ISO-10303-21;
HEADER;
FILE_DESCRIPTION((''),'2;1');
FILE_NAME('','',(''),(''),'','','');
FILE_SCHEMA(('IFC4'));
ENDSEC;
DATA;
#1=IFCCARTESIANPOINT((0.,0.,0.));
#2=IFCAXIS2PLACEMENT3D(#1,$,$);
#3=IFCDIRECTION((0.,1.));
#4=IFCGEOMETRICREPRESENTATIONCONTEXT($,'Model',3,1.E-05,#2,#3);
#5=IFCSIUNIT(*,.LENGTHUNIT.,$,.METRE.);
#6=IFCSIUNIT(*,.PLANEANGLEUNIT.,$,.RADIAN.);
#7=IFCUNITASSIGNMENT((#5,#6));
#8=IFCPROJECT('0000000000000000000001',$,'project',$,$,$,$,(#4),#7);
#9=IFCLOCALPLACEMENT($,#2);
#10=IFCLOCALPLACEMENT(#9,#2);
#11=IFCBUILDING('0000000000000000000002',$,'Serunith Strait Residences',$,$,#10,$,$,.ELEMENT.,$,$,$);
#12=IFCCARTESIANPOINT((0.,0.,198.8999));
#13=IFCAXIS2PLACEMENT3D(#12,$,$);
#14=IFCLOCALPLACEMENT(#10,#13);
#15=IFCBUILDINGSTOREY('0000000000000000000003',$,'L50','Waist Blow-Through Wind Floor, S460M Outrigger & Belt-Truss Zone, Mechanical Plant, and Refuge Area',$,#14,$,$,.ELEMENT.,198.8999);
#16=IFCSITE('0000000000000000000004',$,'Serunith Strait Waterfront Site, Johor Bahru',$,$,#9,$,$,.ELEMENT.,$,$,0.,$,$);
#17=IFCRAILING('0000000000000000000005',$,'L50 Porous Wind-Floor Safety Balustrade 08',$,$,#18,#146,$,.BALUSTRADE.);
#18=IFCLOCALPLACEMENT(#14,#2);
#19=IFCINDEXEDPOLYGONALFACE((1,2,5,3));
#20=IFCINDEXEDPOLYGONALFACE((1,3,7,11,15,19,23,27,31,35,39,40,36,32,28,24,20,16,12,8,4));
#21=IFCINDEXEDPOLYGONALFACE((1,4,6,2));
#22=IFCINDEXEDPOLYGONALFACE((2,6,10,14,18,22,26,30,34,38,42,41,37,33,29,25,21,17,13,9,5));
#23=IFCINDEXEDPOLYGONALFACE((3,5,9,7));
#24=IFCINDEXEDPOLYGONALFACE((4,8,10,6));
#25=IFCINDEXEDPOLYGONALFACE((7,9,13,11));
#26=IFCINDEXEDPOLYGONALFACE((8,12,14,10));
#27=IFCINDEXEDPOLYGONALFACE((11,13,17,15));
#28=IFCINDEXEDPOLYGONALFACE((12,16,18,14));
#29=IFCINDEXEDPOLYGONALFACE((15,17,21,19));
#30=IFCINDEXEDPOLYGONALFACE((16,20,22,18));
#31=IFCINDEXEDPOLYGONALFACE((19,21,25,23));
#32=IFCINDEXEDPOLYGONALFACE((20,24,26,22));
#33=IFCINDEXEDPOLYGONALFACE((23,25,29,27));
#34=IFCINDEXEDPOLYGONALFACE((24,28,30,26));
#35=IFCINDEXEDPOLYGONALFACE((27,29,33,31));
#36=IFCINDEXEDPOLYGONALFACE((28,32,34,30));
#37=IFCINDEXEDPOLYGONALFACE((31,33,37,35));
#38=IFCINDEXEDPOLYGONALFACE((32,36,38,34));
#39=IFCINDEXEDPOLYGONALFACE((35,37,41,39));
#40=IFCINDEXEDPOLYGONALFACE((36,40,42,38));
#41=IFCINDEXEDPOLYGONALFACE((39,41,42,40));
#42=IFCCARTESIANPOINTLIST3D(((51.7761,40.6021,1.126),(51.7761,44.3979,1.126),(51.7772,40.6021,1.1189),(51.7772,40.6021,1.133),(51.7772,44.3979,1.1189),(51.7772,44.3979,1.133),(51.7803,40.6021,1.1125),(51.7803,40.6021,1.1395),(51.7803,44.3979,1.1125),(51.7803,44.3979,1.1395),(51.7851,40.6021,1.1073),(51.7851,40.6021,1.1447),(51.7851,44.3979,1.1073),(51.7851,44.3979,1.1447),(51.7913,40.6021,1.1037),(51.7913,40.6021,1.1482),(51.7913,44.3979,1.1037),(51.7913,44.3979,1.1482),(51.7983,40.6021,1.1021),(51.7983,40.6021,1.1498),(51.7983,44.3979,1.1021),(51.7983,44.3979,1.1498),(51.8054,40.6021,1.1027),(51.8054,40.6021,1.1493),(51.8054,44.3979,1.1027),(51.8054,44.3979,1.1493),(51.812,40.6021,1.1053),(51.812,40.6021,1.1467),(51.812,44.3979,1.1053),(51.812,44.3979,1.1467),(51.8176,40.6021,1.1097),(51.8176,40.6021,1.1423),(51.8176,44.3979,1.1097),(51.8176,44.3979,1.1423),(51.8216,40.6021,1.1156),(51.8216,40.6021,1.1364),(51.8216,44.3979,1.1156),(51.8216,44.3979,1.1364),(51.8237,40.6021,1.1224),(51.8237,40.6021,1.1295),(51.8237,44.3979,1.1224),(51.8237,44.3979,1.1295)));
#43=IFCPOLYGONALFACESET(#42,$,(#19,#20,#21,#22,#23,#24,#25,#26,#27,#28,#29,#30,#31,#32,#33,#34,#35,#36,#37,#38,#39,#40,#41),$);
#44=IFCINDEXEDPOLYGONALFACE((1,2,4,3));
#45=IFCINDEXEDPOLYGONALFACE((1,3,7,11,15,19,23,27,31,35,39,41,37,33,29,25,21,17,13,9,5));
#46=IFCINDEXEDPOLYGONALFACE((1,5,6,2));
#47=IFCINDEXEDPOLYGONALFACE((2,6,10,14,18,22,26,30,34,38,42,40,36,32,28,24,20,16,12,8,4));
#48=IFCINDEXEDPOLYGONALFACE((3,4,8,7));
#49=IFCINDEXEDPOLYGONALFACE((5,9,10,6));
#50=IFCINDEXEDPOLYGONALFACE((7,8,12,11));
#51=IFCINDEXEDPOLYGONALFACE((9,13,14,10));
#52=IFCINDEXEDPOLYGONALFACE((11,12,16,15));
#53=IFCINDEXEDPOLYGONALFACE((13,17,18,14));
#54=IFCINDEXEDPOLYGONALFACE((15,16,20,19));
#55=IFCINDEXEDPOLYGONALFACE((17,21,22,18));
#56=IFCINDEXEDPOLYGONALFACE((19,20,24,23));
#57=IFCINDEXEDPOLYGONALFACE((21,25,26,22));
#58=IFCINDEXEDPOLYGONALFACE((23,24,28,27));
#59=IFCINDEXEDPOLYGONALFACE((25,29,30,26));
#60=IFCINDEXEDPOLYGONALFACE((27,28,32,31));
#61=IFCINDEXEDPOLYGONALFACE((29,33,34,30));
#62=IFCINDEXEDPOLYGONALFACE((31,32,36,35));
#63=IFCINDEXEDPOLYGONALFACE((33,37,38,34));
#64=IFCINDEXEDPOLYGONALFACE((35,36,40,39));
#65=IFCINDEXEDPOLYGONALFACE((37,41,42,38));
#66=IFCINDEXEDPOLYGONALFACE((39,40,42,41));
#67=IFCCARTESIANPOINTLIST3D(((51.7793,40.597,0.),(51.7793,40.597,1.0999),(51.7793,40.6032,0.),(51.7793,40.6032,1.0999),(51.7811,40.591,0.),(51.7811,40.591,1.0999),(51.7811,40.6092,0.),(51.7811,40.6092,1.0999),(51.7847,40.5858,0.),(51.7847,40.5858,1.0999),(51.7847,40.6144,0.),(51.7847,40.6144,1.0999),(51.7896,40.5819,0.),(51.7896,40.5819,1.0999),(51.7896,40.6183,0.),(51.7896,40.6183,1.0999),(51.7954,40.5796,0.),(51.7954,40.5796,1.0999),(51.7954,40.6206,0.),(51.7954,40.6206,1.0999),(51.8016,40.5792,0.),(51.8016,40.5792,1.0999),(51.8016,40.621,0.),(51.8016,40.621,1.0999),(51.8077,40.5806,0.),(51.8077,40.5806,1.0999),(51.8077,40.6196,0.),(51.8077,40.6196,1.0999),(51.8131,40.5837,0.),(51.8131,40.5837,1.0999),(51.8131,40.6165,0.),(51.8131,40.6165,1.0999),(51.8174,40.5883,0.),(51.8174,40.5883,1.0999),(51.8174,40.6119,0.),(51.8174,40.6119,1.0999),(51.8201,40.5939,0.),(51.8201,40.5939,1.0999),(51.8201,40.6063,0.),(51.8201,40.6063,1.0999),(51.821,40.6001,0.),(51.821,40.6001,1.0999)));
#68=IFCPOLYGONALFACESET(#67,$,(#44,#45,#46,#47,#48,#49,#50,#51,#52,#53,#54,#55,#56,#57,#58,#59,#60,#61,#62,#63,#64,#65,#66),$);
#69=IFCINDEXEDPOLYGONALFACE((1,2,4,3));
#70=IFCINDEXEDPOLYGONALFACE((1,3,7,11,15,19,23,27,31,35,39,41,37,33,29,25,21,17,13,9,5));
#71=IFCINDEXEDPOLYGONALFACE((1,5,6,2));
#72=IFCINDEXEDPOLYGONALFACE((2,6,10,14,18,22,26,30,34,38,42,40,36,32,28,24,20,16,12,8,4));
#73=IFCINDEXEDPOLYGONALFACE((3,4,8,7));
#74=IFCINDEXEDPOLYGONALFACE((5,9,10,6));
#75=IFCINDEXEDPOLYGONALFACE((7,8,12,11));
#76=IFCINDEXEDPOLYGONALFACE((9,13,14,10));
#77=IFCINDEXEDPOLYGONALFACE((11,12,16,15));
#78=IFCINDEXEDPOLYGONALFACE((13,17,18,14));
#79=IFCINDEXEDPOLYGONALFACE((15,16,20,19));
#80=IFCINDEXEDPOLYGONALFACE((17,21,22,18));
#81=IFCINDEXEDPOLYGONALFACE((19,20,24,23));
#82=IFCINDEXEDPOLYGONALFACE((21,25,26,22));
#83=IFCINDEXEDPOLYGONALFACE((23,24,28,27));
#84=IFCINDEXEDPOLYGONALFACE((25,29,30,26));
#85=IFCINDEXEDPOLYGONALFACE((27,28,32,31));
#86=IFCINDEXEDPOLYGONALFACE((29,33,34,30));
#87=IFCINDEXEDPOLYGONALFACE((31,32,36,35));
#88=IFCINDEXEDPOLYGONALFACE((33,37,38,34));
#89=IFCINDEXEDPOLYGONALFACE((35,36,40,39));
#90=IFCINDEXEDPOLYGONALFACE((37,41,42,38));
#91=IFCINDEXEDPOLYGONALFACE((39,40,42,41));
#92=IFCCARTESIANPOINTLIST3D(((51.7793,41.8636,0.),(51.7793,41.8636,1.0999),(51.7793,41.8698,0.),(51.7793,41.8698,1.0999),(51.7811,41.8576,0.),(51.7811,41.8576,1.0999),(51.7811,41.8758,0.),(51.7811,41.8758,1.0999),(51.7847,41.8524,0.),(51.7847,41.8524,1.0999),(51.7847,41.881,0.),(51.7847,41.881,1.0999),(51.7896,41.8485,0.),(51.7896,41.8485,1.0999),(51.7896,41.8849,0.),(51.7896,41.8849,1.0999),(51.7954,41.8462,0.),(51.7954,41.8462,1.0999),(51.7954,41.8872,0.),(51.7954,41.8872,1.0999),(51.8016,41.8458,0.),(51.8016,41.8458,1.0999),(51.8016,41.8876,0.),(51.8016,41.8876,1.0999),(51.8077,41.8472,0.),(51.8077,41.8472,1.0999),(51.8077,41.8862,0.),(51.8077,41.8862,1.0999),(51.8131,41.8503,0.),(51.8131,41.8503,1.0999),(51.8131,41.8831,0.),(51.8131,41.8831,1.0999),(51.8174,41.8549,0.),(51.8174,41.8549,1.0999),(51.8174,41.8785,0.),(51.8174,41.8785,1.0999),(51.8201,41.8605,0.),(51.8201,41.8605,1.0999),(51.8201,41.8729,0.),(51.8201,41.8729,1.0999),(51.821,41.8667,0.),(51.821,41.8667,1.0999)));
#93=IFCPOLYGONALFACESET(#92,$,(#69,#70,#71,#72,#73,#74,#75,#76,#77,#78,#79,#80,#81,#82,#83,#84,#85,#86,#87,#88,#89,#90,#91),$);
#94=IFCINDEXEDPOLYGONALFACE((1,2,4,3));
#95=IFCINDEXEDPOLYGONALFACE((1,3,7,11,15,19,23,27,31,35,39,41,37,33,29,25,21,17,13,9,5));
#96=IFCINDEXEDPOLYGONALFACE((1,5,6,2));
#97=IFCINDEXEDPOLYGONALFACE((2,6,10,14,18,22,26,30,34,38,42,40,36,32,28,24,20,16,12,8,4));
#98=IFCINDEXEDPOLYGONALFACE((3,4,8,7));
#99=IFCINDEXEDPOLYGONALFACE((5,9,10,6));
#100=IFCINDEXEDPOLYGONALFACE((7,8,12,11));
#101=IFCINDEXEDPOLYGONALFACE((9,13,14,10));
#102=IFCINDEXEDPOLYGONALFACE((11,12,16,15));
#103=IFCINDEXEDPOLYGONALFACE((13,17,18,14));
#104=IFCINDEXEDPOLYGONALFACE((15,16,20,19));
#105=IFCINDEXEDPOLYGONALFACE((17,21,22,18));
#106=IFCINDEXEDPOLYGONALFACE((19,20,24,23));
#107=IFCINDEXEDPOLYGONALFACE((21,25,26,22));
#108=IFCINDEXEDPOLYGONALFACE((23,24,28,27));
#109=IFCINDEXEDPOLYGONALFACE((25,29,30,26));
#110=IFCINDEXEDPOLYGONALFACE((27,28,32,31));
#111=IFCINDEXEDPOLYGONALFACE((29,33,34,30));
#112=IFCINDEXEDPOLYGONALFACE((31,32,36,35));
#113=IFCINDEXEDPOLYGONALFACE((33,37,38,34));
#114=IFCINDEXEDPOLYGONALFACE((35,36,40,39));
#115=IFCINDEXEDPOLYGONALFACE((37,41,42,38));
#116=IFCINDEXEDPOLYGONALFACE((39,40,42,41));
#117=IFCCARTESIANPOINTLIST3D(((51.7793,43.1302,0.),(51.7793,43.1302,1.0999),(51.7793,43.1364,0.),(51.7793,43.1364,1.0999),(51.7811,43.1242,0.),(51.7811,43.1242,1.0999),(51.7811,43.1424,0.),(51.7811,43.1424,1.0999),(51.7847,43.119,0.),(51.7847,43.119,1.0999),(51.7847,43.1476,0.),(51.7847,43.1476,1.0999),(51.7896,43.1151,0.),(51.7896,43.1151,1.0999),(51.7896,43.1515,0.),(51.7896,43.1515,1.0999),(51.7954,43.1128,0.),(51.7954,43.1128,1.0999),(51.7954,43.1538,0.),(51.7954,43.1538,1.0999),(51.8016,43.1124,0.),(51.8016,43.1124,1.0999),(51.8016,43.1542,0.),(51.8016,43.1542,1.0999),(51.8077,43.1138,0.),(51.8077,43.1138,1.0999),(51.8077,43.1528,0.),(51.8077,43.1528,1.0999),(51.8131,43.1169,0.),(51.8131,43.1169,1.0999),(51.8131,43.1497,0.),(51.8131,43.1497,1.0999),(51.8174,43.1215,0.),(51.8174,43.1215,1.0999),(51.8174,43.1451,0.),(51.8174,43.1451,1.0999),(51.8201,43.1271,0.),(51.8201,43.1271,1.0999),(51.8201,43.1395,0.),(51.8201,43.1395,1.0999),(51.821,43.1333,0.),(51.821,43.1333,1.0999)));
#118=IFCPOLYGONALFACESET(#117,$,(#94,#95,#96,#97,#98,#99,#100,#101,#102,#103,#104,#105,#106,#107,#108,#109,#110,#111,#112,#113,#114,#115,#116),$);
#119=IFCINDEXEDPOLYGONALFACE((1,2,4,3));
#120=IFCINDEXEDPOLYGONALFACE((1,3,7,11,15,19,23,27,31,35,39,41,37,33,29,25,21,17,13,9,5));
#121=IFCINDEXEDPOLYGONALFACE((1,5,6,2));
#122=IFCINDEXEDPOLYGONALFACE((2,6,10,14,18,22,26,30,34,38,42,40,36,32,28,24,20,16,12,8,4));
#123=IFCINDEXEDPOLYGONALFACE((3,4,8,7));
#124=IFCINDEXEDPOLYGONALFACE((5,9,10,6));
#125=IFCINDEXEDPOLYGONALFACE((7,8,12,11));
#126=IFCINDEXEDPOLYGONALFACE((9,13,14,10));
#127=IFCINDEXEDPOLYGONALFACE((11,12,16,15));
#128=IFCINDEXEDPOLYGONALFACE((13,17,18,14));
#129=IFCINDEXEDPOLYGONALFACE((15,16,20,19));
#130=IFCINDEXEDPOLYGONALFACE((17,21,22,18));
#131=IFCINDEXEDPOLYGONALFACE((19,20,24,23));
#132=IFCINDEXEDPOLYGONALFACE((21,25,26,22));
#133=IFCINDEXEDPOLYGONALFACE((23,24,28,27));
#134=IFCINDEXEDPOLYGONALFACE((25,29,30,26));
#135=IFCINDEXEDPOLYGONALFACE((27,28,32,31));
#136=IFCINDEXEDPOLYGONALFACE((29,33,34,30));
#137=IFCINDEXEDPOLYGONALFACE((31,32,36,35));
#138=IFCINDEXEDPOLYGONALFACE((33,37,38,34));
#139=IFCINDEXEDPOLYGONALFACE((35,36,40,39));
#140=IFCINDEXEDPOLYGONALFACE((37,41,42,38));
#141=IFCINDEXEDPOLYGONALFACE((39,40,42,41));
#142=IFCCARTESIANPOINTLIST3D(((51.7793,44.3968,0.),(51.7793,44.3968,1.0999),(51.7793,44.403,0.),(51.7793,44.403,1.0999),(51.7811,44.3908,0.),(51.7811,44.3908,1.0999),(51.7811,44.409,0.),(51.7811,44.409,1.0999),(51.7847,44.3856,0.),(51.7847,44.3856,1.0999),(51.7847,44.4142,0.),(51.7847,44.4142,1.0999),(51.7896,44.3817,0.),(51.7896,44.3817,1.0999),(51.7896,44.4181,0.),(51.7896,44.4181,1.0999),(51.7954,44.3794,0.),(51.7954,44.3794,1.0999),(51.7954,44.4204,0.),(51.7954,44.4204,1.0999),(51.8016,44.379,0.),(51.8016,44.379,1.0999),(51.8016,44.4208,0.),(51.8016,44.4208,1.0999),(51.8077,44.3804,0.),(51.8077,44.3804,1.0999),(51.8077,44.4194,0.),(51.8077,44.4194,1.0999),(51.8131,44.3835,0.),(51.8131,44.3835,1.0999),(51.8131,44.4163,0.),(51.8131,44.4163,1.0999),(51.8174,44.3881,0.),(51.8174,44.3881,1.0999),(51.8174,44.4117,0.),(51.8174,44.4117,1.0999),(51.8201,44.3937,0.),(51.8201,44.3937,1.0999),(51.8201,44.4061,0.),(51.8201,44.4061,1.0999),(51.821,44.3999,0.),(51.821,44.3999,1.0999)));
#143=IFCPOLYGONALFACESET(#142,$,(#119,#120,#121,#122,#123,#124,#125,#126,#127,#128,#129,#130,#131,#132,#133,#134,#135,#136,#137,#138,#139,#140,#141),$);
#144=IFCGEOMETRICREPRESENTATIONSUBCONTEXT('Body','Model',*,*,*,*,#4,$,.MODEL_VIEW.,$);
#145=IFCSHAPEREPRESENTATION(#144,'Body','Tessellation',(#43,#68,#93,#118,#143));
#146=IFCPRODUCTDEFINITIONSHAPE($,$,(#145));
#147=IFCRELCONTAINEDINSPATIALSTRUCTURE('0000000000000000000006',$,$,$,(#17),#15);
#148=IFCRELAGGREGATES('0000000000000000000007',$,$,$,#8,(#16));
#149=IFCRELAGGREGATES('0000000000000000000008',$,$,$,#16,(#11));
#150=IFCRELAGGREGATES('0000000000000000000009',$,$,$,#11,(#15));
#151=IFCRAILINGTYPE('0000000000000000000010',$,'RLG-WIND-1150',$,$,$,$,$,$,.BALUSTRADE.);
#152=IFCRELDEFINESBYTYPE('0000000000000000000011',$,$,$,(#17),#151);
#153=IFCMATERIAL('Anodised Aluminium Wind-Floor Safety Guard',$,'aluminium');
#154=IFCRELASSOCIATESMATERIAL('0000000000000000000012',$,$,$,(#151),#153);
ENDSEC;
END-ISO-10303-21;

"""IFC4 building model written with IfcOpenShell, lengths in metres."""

from ifc_helpers import new_model, si_unit, direction, frame, origin, origin_2d, place, context, subcontext, project, spatial, circle, extrude, material, type_object, element, save


model = new_model("IFC4")

# Units and contexts
model_context = context("Model", 3, precision=1e-05, world=origin(), true_north=direction((0.0, 1.0)))
body_context = subcontext(model_context, "Body", "Model", "MODEL_VIEW")
ifc_project = project(units=[si_unit("LENGTHUNIT", "METRE"), si_unit("PLANEANGLEUNIT", "RADIAN")], contexts=[model_context])

# Site, building, storey
site_placement = place(None, origin())
site = spatial("IfcSite", under=ifc_project, at=site_placement, Name="Serunith Strait Waterfront Site, Johor Bahru", CompositionType="ELEMENT", RefElevation=0.0)
building_placement = place(site_placement, origin())
building = spatial("IfcBuilding", under=site, at=building_placement, Name="Serunith Strait Residences", CompositionType="ELEMENT")
storey_placement = place(building_placement, frame((0.0, 0.0, 198.8999)))
storey = spatial("IfcBuildingStorey", under=building, at=storey_placement, Name="L50", Description="Waist Blow-Through Wind Floor, S460M Outrigger & Belt-Truss Zone, Mechanical Plant, and Refuge Area", CompositionType="ELEMENT", Elevation=198.8999)

# Railing
ifc_material_1 = material(Name="Anodised Aluminium Wind-Floor Safety Guard", Category="aluminium")
railing_type = type_object("IfcRailingType", Name="RLG-WIND-1150", PredefinedType="BALUSTRADE", material=ifc_material_1)
railing_1_placement = place(storey_placement, frame((51.8, 40.6001, 0.0)))
element("IfcRailing", 1, at=railing_1_placement, inside=storey, type_object=railing_type, Name="L50 Porous Wind-Floor Safety Balustrade 08", PredefinedType="BALUSTRADE", context=body_context, shape_type="SweptSolid", body=[
    extrude(circle(Radius=0.0239, at=origin_2d()), frame((0.0, 0.002, 1.126), z_axis=(0.0, 1.0, 0.0), x_axis=(-1.0, 0.0, 0.0)), (0.0, 0.0, 1.0), 3.7959),
    extrude(circle(Radius=0.021, at=origin_2d()), origin(), (0.0, 0.0, 1.0), 1.0999),
    extrude(circle(Radius=0.021, at=origin_2d()), frame((0.0, 1.2666, 0.0)), (0.0, 0.0, 1.0), 1.0999),
    extrude(circle(Radius=0.021, at=origin_2d()), frame((0.0, 2.5332, 0.0)), (0.0, 0.0, 1.0), 1.0999),
    extrude(circle(Radius=0.021, at=origin_2d()), frame((0.0, 3.7998, 0.0)), (0.0, 0.0, 1.0), 1.0999),
])

save(model, "model.ifc")
